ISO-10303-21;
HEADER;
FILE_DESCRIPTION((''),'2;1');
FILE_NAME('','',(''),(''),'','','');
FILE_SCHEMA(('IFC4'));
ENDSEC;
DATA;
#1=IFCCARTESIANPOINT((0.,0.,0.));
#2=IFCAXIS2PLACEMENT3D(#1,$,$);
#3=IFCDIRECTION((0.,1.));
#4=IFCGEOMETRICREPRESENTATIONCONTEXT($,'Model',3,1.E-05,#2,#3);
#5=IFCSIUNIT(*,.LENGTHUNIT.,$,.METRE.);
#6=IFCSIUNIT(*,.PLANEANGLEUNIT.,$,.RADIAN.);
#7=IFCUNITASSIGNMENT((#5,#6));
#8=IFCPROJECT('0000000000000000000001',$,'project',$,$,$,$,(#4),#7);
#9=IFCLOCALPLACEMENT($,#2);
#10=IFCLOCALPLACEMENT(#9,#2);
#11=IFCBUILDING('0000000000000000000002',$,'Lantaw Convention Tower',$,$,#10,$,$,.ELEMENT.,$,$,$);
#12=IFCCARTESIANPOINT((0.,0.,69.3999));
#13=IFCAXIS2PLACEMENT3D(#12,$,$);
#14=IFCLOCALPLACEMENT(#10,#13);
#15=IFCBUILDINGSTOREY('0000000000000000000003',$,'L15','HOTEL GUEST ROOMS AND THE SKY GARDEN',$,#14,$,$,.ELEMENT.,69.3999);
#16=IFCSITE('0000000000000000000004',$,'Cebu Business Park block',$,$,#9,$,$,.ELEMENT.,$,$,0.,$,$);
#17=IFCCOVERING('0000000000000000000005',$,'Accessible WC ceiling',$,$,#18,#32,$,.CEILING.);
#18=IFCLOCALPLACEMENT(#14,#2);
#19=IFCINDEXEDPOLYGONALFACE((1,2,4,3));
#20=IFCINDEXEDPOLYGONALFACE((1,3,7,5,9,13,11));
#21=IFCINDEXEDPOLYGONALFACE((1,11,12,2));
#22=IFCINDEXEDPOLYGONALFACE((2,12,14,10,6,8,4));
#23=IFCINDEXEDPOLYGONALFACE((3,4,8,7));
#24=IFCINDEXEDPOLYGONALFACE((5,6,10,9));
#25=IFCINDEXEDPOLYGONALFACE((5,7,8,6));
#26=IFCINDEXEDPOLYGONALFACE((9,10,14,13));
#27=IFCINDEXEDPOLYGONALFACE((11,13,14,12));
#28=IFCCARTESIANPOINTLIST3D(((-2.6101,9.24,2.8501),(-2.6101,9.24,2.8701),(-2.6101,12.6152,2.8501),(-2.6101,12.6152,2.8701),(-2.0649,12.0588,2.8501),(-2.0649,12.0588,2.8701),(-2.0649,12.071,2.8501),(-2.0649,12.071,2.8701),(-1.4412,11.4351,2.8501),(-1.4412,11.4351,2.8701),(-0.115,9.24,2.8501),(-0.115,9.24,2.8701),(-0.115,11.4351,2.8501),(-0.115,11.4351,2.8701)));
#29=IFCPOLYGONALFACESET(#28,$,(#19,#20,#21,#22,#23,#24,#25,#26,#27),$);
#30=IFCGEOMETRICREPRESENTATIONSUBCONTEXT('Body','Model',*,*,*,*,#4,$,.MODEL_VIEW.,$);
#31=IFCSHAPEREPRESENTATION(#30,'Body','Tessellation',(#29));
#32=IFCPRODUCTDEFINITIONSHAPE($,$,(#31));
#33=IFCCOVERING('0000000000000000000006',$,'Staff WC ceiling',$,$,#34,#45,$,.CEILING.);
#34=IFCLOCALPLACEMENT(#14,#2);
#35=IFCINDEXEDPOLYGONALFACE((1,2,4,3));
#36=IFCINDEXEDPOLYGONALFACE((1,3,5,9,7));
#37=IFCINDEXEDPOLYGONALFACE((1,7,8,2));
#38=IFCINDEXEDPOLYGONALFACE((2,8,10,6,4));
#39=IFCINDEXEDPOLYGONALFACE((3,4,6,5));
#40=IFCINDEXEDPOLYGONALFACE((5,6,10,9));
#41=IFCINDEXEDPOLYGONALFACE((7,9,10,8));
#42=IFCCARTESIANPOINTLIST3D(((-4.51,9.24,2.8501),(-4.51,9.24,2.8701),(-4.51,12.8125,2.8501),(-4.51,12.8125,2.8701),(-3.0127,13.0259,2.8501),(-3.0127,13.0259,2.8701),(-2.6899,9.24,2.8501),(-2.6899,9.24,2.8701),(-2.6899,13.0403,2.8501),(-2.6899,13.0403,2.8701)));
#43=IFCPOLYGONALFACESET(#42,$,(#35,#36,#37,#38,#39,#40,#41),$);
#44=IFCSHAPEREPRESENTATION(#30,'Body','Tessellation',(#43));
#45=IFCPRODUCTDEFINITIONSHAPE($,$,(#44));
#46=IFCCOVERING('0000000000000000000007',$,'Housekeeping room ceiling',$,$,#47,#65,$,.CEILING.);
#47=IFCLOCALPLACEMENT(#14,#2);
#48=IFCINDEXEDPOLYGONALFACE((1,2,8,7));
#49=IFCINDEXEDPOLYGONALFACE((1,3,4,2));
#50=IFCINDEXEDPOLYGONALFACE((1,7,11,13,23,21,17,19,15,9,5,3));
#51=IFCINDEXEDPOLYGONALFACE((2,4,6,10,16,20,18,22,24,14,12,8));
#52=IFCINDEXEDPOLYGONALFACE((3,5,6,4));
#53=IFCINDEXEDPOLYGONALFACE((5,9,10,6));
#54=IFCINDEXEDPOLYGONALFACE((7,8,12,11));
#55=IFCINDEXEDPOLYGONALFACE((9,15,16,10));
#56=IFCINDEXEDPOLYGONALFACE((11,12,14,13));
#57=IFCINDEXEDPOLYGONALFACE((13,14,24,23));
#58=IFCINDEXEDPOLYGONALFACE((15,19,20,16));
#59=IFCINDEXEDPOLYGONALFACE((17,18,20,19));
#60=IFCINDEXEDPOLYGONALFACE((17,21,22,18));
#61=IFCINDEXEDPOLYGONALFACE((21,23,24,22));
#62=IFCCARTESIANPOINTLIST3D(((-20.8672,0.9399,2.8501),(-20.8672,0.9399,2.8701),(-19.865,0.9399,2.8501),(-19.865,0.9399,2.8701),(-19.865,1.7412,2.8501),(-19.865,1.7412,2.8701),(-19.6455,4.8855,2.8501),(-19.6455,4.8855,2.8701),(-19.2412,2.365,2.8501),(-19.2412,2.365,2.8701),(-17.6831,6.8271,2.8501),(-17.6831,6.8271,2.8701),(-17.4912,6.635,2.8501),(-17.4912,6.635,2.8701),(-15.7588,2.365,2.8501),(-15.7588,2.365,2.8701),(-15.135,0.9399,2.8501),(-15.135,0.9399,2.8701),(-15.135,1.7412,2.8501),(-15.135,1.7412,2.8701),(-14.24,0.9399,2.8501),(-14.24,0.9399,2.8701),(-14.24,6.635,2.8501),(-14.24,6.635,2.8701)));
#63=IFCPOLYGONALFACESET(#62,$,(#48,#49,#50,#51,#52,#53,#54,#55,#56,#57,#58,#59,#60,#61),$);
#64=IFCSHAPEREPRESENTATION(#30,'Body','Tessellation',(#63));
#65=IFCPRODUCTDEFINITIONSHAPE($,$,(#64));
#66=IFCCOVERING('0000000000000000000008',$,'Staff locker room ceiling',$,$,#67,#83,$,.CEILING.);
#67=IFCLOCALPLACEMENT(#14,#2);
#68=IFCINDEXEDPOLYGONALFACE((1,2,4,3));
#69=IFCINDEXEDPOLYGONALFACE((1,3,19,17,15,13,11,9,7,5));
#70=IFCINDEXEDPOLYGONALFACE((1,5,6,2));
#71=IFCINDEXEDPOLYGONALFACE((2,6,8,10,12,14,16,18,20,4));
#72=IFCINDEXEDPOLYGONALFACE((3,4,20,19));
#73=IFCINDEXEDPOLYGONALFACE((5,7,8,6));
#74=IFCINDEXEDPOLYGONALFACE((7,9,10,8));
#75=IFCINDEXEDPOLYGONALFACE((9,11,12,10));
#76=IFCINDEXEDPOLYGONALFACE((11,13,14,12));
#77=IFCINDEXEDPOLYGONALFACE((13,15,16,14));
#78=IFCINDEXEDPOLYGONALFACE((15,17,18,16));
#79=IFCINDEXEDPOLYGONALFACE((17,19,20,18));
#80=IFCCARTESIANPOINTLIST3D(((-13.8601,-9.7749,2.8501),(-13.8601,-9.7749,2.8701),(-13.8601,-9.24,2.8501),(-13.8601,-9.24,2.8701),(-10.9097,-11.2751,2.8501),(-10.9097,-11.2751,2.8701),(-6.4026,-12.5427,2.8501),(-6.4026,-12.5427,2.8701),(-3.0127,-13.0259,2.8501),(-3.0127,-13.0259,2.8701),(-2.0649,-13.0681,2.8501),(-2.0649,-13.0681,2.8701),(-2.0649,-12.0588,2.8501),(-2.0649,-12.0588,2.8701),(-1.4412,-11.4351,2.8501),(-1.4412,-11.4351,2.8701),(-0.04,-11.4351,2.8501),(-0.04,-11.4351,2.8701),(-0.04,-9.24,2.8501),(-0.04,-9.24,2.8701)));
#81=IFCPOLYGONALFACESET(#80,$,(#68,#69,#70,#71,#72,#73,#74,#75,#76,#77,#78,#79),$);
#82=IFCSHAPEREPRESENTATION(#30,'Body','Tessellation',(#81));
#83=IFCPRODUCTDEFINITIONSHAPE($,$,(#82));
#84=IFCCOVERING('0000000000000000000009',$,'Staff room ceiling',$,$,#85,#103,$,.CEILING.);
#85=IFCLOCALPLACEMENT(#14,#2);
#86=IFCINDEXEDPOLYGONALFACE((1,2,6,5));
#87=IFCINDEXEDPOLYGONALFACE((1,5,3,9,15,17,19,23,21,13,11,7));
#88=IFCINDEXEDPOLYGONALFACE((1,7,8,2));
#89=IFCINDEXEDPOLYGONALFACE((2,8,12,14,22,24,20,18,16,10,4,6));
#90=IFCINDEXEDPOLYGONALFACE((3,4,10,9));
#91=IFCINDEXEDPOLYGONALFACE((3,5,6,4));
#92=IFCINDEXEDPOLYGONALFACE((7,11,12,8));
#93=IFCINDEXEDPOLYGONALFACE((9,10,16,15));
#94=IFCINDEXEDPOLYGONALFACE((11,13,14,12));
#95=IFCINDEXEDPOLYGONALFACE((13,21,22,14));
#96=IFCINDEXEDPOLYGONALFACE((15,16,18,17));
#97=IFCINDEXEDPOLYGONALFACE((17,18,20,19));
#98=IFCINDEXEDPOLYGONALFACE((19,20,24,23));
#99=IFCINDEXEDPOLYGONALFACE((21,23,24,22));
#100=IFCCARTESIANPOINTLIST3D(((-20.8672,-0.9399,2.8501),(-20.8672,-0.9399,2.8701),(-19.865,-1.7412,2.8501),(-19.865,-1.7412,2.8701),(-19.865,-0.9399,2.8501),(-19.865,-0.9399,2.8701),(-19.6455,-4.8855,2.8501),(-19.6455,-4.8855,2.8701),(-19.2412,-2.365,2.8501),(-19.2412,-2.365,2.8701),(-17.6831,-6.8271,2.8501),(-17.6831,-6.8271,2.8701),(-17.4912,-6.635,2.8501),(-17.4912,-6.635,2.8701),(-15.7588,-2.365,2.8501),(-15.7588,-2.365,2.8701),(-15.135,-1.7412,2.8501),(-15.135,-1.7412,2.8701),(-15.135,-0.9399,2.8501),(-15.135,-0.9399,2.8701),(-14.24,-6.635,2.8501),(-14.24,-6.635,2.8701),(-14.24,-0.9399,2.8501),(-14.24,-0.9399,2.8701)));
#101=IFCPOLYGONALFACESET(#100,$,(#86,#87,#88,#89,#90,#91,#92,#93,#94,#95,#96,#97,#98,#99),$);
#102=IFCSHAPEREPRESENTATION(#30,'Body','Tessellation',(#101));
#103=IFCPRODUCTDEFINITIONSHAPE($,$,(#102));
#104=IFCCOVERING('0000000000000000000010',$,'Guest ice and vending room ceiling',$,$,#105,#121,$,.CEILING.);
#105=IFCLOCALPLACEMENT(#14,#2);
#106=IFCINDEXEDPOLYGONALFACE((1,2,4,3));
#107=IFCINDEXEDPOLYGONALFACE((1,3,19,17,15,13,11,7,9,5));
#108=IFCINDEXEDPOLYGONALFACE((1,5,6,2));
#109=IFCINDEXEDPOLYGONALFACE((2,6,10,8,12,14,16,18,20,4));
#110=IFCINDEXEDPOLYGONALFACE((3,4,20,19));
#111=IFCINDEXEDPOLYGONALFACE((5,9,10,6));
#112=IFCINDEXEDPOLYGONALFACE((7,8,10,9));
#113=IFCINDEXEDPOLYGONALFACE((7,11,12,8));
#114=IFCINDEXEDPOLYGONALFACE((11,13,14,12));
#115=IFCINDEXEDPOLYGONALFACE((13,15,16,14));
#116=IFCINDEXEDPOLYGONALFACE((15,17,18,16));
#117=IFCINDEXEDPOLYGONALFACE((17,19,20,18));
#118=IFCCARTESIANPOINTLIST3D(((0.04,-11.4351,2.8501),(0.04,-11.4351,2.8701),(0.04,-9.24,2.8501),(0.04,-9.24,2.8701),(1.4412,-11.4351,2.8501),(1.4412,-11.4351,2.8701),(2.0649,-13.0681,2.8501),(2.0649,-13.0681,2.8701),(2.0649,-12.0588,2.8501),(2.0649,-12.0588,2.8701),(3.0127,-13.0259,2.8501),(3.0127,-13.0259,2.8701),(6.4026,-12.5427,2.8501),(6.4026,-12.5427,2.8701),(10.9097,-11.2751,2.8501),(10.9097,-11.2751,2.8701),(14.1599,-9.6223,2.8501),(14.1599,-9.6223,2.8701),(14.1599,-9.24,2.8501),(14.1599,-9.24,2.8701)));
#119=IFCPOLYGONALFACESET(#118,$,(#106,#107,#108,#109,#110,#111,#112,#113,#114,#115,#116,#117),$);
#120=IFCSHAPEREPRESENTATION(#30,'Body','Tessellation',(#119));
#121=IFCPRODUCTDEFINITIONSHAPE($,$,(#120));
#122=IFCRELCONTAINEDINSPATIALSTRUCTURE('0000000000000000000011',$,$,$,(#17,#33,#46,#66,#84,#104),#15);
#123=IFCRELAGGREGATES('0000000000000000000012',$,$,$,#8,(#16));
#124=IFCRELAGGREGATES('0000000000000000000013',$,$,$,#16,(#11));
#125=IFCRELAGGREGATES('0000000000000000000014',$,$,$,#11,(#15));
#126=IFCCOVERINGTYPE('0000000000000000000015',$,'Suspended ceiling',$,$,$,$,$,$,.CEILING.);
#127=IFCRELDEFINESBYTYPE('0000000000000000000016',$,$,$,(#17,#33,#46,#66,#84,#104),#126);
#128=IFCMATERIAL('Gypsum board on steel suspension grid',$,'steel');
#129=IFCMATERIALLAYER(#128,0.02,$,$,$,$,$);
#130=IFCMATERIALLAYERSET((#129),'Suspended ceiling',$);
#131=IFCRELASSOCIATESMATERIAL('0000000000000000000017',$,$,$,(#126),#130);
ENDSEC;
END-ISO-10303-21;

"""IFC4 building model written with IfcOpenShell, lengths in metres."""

from ifc_helpers import new_model, si_unit, direction, frame, origin, place, context, subcontext, project, spatial, polyline, outline, extrude, material, layer, layer_set, type_object, element, save


model = new_model("IFC4")

# Units and contexts
model_context = context("Model", 3, precision=1e-05, world=origin(), true_north=direction((0.0, 1.0)))
body_context = subcontext(model_context, "Body", "Model", "MODEL_VIEW")
ifc_project = project(units=[si_unit("LENGTHUNIT", "METRE"), si_unit("PLANEANGLEUNIT", "RADIAN")], contexts=[model_context])

# Site, building, storey
site_placement = place(None, origin())
site = spatial("IfcSite", under=ifc_project, at=site_placement, Name="Cebu Business Park block", CompositionType="ELEMENT", RefElevation=0.0)
building_placement = place(site_placement, origin())
building = spatial("IfcBuilding", under=site, at=building_placement, Name="Lantaw Convention Tower", CompositionType="ELEMENT")
storey_placement = place(building_placement, frame((0.0, 0.0, 69.3999)))
storey = spatial("IfcBuildingStorey", under=building, at=storey_placement, Name="L15", Description="HOTEL GUEST ROOMS AND THE SKY GARDEN", CompositionType="ELEMENT", Elevation=69.3999)

# Coverings
ifc_material_1 = material(Name="Gypsum board on steel suspension grid", Category="steel")
ifc_layer_1 = layer(ifc_material_1, 0.02)
ifc_layer_set_1 = layer_set([ifc_layer_1], Name="Suspended ceiling")
covering_type = type_object("IfcCoveringType", Name="Suspended ceiling", PredefinedType="CEILING", material=ifc_layer_set_1)
covering_1_placement = place(storey_placement, frame((0.0, 0.0, 2.8501)))
element("IfcCovering", 1, at=covering_1_placement, inside=storey, type_object=covering_type, Name="Accessible WC ceiling", PredefinedType="CEILING", context=body_context, shape_type="SweptSolid", body=[
    extrude(outline(polyline([(-2.6101, 9.24), (-0.115, 9.24), (-0.115, 11.4351), (-1.4412, 11.4351), (-2.0649, 12.0588), (-2.0649, 12.071), (-2.6101, 12.6152), (-2.6101, 9.24)])), origin(), (0.0, 0.0, 1.0), 0.02),
])
covering_2_placement = place(storey_placement, frame((0.0, 0.0, 2.8501)))
element("IfcCovering", 2, at=covering_2_placement, inside=storey, type_object=covering_type, Name="Staff WC ceiling", PredefinedType="CEILING", context=body_context, shape_type="SweptSolid", body=[
    extrude(outline(polyline([(-2.6899, 13.0403), (-3.0127, 13.0259), (-4.51, 12.8125), (-4.51, 9.24), (-2.6899, 9.24), (-2.6899, 13.0403)])), origin(), (0.0, 0.0, 1.0), 0.02),
])
covering_3_placement = place(storey_placement, frame((0.0, 0.0, 2.8501)))
element("IfcCovering", 3, at=covering_3_placement, inside=storey, type_object=covering_type, Name="Housekeeping room ceiling", PredefinedType="CEILING", context=body_context, shape_type="SweptSolid", body=[
    extrude(outline(polyline([(-20.8672, 0.9399), (-19.865, 0.9399), (-19.865, 1.7412), (-19.2412, 2.365), (-15.7588, 2.365), (-15.135, 1.7412), (-15.135, 0.9399), (-14.24, 0.9399), (-14.24, 6.635), (-17.4912, 6.635), (-17.6831, 6.8271), (-19.6455, 4.8855), (-20.8672, 0.9399)])), origin(), (0.0, 0.0, 1.0), 0.02),
])
covering_4_placement = place(storey_placement, frame((0.0, 0.0, 2.8501)))
element("IfcCovering", 4, at=covering_4_placement, inside=storey, type_object=covering_type, Name="Staff locker room ceiling", PredefinedType="CEILING", context=body_context, shape_type="SweptSolid", body=[
    extrude(outline(polyline([(-10.9097, -11.2751), (-6.4026, -12.5427), (-3.0127, -13.0259), (-2.0649, -13.0681), (-2.0649, -12.0588), (-1.4412, -11.4351), (-0.04, -11.4351), (-0.04, -9.24), (-13.8601, -9.24), (-13.8601, -9.7749), (-10.9097, -11.2751)])), origin(), (0.0, 0.0, 1.0), 0.02),
])
covering_5_placement = place(storey_placement, frame((0.0, 0.0, 2.8501)))
element("IfcCovering", 5, at=covering_5_placement, inside=storey, type_object=covering_type, Name="Staff room ceiling", PredefinedType="CEILING", context=body_context, shape_type="SweptSolid", body=[
    extrude(outline(polyline([(-20.8672, -0.9399), (-19.6455, -4.8855), (-17.6831, -6.8271), (-17.4912, -6.635), (-14.24, -6.635), (-14.24, -0.9399), (-15.135, -0.9399), (-15.135, -1.7412), (-15.7588, -2.365), (-19.2412, -2.365), (-19.865, -1.7412), (-19.865, -0.9399), (-20.8672, -0.9399)])), origin(), (0.0, 0.0, 1.0), 0.02),
])
covering_6_placement = place(storey_placement, frame((0.0, 0.0, 2.8501)))
element("IfcCovering", 6, at=covering_6_placement, inside=storey, type_object=covering_type, Name="Guest ice and vending room ceiling", PredefinedType="CEILING", context=body_context, shape_type="SweptSolid", body=[
    extrude(outline(polyline([(2.0649, -13.0681), (3.0127, -13.0259), (6.4026, -12.5427), (10.9097, -11.2751), (14.1599, -9.6223), (14.1599, -9.24), (0.04, -9.24), (0.04, -11.4351), (1.4412, -11.4351), (2.0649, -12.0588), (2.0649, -13.0681)])), origin(), (0.0, 0.0, 1.0), 0.02),
])

save(model, "model.ifc")
